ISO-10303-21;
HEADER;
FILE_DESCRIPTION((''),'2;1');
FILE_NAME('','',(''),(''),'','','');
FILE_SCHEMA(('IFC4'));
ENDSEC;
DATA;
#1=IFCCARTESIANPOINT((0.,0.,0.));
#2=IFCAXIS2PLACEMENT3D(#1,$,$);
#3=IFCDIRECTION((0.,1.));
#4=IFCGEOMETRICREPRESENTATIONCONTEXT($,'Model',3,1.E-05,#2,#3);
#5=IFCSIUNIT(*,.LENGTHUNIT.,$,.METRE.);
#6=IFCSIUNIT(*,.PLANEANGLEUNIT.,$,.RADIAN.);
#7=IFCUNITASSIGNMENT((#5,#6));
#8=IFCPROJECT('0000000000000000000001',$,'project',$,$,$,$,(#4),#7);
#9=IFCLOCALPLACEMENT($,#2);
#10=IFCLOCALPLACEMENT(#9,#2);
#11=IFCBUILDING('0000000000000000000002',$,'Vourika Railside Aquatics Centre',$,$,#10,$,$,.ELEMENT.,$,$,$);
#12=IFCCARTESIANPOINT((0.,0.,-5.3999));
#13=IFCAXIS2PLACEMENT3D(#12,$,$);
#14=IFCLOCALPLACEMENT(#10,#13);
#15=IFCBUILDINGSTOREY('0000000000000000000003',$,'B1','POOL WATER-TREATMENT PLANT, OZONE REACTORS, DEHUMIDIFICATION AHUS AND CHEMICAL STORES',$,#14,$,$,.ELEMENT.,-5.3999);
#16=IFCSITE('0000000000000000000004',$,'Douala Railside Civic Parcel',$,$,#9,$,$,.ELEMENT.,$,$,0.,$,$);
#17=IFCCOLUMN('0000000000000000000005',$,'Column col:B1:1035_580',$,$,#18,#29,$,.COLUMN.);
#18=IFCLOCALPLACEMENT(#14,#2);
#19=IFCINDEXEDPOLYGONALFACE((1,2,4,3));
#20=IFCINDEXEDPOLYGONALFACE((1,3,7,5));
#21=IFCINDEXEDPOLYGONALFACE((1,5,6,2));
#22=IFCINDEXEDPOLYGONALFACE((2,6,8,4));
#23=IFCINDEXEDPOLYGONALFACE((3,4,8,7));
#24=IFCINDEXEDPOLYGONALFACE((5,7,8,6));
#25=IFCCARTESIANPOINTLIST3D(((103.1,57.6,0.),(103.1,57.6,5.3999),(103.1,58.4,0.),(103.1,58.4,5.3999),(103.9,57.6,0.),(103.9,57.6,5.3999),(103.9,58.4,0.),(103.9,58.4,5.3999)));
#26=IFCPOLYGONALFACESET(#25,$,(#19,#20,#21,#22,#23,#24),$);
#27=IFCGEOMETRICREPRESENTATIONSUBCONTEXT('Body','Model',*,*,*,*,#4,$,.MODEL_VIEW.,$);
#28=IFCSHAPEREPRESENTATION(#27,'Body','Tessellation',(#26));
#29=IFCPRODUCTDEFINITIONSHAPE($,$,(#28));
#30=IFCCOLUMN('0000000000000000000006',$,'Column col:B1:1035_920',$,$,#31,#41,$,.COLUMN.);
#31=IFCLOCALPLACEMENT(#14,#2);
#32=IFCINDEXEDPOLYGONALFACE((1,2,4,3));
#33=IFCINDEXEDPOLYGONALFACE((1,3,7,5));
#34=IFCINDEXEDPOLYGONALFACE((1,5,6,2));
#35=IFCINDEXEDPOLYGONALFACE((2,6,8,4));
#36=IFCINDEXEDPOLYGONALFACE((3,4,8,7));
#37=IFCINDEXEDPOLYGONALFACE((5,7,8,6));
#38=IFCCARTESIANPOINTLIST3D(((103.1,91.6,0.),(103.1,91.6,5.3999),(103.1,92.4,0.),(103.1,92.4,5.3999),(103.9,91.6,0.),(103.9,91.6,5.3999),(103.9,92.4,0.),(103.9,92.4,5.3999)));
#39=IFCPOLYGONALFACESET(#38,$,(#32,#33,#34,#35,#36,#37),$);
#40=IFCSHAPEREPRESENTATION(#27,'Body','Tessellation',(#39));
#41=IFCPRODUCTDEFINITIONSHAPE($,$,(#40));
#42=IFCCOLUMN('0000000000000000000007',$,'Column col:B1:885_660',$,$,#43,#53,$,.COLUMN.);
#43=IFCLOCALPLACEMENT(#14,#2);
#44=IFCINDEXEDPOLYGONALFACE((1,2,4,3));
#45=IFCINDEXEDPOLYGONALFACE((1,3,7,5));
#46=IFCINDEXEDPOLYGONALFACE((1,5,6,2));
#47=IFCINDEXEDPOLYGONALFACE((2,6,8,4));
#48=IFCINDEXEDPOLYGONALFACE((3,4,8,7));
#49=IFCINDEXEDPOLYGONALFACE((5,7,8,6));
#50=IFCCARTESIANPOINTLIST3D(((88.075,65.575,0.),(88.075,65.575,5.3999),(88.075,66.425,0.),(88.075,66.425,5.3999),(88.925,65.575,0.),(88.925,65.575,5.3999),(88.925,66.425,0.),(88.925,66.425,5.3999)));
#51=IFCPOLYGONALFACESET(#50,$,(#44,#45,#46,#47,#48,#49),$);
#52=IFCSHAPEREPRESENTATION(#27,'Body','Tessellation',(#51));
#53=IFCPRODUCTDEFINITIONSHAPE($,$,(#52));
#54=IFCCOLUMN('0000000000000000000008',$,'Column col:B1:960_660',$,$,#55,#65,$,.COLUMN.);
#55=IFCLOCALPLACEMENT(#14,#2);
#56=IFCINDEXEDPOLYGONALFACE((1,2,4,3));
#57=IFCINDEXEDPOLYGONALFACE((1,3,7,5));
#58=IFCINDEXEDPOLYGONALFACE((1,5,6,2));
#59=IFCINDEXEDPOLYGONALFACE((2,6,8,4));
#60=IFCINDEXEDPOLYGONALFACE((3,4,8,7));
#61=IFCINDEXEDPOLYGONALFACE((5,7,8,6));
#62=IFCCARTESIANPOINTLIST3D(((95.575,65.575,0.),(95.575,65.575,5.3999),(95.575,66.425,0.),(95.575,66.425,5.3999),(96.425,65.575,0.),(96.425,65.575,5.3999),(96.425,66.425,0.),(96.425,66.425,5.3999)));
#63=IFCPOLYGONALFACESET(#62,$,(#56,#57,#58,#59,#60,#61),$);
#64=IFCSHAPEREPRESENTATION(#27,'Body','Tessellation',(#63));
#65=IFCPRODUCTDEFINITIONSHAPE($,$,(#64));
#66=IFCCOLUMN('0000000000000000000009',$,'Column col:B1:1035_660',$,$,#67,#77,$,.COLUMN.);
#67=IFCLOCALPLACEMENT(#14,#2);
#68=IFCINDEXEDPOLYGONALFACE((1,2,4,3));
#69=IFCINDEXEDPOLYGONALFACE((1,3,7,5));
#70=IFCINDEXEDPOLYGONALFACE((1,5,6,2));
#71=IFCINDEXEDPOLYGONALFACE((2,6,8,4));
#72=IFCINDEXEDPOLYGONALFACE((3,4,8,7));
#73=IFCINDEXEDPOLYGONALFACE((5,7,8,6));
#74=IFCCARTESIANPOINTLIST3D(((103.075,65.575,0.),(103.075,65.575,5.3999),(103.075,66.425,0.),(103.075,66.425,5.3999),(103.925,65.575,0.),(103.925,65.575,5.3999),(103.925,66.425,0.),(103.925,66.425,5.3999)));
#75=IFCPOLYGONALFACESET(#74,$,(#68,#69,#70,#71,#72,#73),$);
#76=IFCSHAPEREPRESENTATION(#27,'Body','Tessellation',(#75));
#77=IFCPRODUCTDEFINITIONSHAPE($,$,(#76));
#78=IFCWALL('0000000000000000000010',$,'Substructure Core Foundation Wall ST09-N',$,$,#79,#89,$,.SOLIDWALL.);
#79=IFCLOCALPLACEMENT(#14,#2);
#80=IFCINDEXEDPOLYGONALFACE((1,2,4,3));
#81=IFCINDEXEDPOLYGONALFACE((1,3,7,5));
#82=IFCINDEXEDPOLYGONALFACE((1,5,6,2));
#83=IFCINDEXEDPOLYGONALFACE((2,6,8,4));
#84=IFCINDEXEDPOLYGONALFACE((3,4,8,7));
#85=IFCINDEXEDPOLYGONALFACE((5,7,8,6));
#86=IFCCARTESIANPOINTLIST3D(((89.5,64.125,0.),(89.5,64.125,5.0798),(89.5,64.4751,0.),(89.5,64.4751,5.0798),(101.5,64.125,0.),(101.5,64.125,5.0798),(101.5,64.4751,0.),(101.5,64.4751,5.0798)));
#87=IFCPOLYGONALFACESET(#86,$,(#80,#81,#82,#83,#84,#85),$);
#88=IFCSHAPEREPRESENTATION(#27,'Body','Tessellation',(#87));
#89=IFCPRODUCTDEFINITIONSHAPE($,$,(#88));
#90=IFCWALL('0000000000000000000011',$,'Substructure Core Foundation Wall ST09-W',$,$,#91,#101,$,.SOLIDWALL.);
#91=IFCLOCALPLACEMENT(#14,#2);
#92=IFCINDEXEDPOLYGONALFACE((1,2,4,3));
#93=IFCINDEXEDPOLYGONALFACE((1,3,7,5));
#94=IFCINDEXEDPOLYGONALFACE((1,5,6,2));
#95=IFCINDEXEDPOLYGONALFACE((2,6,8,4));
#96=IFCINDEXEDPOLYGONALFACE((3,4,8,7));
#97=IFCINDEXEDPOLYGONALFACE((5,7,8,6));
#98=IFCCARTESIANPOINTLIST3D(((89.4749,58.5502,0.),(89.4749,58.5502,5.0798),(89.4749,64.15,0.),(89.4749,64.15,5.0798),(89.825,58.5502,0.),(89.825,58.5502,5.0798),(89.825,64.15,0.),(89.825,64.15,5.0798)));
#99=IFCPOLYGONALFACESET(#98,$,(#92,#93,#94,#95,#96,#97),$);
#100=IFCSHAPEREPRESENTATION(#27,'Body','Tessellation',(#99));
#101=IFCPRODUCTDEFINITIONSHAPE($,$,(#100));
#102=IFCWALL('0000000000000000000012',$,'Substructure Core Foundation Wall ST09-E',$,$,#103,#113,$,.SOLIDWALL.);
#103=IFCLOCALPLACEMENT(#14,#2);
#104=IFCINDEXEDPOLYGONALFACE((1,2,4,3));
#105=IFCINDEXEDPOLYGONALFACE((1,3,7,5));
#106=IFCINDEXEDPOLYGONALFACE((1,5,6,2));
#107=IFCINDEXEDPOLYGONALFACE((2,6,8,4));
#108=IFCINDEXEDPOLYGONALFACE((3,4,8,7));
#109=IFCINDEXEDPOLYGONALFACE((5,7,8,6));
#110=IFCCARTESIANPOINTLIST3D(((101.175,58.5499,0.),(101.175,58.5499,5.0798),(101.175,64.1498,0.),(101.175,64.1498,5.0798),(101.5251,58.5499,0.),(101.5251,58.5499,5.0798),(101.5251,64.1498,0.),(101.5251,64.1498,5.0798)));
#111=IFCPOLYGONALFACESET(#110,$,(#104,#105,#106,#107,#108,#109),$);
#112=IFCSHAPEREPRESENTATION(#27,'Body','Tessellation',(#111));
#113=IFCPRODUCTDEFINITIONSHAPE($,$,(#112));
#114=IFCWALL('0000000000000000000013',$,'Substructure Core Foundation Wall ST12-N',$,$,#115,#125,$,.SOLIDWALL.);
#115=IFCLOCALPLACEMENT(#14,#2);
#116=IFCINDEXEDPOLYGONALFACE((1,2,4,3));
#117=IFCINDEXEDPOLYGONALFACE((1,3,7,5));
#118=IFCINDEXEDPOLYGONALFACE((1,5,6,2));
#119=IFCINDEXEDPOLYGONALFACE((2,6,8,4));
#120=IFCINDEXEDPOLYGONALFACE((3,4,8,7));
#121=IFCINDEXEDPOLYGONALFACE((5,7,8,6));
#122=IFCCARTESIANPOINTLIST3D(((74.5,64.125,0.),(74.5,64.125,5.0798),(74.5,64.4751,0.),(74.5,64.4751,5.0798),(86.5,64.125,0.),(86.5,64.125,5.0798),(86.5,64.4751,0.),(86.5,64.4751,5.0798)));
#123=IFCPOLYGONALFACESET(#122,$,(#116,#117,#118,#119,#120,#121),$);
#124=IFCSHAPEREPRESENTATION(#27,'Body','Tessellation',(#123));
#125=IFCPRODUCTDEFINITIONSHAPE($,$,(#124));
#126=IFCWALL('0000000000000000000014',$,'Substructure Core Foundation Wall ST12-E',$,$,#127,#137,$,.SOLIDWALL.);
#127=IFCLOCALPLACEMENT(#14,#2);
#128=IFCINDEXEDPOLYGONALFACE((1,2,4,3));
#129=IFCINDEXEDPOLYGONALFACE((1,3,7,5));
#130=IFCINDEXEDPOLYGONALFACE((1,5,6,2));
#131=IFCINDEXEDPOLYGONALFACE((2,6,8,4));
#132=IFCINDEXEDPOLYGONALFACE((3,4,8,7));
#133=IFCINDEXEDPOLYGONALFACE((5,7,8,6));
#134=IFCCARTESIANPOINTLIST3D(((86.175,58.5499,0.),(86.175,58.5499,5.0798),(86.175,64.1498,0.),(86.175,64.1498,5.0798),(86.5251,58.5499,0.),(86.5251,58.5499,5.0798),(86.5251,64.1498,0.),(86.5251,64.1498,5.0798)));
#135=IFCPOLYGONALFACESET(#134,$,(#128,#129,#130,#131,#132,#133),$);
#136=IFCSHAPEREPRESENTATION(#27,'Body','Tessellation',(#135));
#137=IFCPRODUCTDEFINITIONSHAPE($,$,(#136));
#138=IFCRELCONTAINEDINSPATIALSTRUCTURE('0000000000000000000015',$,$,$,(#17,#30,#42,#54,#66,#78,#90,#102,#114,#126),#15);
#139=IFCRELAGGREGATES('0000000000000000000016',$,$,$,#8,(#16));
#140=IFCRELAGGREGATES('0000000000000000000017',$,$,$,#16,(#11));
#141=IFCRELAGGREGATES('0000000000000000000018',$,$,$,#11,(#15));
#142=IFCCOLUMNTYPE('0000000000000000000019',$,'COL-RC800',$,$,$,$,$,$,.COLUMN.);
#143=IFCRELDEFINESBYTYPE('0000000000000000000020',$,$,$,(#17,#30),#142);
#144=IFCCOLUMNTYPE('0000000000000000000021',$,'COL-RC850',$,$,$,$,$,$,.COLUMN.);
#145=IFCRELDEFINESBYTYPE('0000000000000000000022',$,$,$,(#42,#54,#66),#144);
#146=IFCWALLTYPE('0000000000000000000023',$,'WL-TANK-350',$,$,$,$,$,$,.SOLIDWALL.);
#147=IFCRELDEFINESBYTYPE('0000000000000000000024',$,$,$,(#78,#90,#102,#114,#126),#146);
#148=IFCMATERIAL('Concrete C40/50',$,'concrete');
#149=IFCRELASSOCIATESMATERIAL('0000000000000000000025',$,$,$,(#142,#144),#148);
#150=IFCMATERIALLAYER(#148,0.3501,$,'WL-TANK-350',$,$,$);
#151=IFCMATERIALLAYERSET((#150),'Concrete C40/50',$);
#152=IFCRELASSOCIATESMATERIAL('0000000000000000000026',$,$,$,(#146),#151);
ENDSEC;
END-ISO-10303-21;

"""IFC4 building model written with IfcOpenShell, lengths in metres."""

from ifc_helpers import new_model, si_unit, direction, frame, frame_2d, origin, origin_2d, place, context, subcontext, project, spatial, rectangle, extrude, material, layer, layer_set, material_profile, profile_set, type_object, element, save


model = new_model("IFC4")

# Units and contexts
model_context = context("Model", 3, precision=1e-05, world=origin(), true_north=direction((0.0, 1.0)))
body_context = subcontext(model_context, "Body", "Model", "MODEL_VIEW")
ifc_project = project(units=[si_unit("LENGTHUNIT", "METRE"), si_unit("PLANEANGLEUNIT", "RADIAN")], contexts=[model_context])

# Site, building, storey
site_placement = place(None, origin())
site = spatial("IfcSite", under=ifc_project, at=site_placement, Name="Douala Railside Civic Parcel", CompositionType="ELEMENT", RefElevation=0.0)
building_placement = place(site_placement, origin())
building = spatial("IfcBuilding", under=site, at=building_placement, Name="Vourika Railside Aquatics Centre", CompositionType="ELEMENT")
storey_placement = place(building_placement, frame((0.0, 0.0, -5.3999)))
storey = spatial("IfcBuildingStorey", under=building, at=storey_placement, Name="B1", Description="POOL WATER-TREATMENT PLANT, OZONE REACTORS, DEHUMIDIFICATION AHUS AND CHEMICAL STORES", CompositionType="ELEMENT", Elevation=-5.3999)

# Shared definitions
ifc_material = material(Name="Concrete C40/50", Category="concrete")

# Columns
ifc_material_profile_1 = material_profile(ifc_material, rectangle(XDim=0.8, YDim=0.8, at=origin_2d()), Name="RC 800x800")
ifc_profile_set_1 = profile_set([ifc_material_profile_1], Name="Concrete C40/50")
column_type_1 = type_object("IfcColumnType", Name="COL-RC800", PredefinedType="COLUMN", material=ifc_profile_set_1)
for number, where, z_axis, x_axis, name in (
    (1, (103.5, 58.0, 0.0), (0.0, 0.0, 1.0), (1.0, 0.0, 0.0), "Column col:B1:1035_580"),
    (2, (103.5, 92.0, 0.0), (0.0, 0.0, 1.0), (1.0, 0.0, 0.0), "Column col:B1:1035_920"),
):
    element("IfcColumn", number, at=place(storey_placement, frame(where, z_axis=z_axis, x_axis=x_axis)), inside=storey, type_object=column_type_1, Name=name, PredefinedType="COLUMN", context=body_context, shape_type="SweptSolid", body=[
        extrude(rectangle(XDim=0.8, YDim=0.8, at=origin_2d()), origin(), (0.0, 0.0, 1.0), 5.3999),
    ])
ifc_material_profile_2 = material_profile(ifc_material, rectangle(XDim=0.8501, YDim=0.8501, at=origin_2d()), Name="RC 850x850")
ifc_profile_set_2 = profile_set([ifc_material_profile_2], Name="Concrete C40/50")
column_type_2 = type_object("IfcColumnType", Name="COL-RC850", PredefinedType="COLUMN", material=ifc_profile_set_2)
for number, where, z_axis, x_axis, name in (
    (3, (88.5, 66.0, 0.0), (0.0, 0.0, 1.0), (1.0, 0.0, 0.0), "Column col:B1:885_660"),
    (4, (96.0, 66.0, 0.0), (0.0, 0.0, 1.0), (1.0, 0.0, 0.0), "Column col:B1:960_660"),
    (5, (103.5, 66.0, 0.0), (0.0, 0.0, 1.0), (1.0, 0.0, 0.0), "Column col:B1:1035_660"),
):
    element("IfcColumn", number, at=place(storey_placement, frame(where, z_axis=z_axis, x_axis=x_axis)), inside=storey, type_object=column_type_2, Name=name, PredefinedType="COLUMN", context=body_context, shape_type="SweptSolid", body=[
        extrude(rectangle(XDim=0.8501, YDim=0.8501, at=origin_2d()), origin(), (0.0, 0.0, 1.0), 5.3999),
    ])

# Walls
ifc_layer = layer(ifc_material, 0.3501, Name="WL-TANK-350")
ifc_layer_set = layer_set([ifc_layer], Name="Concrete C40/50")
wall_type = type_object("IfcWallType", Name="WL-TANK-350", PredefinedType="SOLIDWALL", material=ifc_layer_set)
wall_1_placement = place(storey_placement, frame((101.5, 64.3, 0.0), z_axis=(0.0, 0.0, 1.0), x_axis=(-1.0, 0.0, 0.0)))
element("IfcWall", 6, at=wall_1_placement, inside=storey, type_object=wall_type, Name="Substructure Core Foundation Wall ST09-N", PredefinedType="SOLIDWALL", context=body_context, shape_type="SweptSolid", body=[
    extrude(rectangle(XDim=12.0, YDim=0.3501, at=frame_2d((6.0, 0.0))), origin(), (0.0, 0.0, 1.0), 5.0798),
])
for number, where, z_axis, x_axis, name in (
    (7, (89.6499, 64.1499, 0.0), (0.0, 0.0, 1.0), (0.0, -1.0, 0.0), "Substructure Core Foundation Wall ST09-W"),
    (8, (101.3501, 58.55, 0.0), (0.0, 0.0, 1.0), (0.0, 1.0, 0.0), "Substructure Core Foundation Wall ST09-E"),
):
    element("IfcWall", number, at=place(storey_placement, frame(where, z_axis=z_axis, x_axis=x_axis)), inside=storey, type_object=wall_type, Name=name, PredefinedType="SOLIDWALL", context=body_context, shape_type="SweptSolid", body=[
        extrude(rectangle(XDim=5.5999, YDim=0.3501, at=frame_2d((2.7998, 0.0))), origin(), (0.0, 0.0, 1.0), 5.0798),
    ])
wall_2_placement = place(storey_placement, frame((86.5, 64.3, 0.0), z_axis=(0.0, 0.0, 1.0), x_axis=(-1.0, 0.0, 0.0)))
element("IfcWall", 9, at=wall_2_placement, inside=storey, type_object=wall_type, Name="Substructure Core Foundation Wall ST12-N", PredefinedType="SOLIDWALL", context=body_context, shape_type="SweptSolid", body=[
    extrude(rectangle(XDim=12.0, YDim=0.3501, at=frame_2d((6.0, 0.0))), origin(), (0.0, 0.0, 1.0), 5.0798),
])
wall_3_placement = place(storey_placement, frame((86.3501, 58.55, 0.0), z_axis=(0.0, 0.0, 1.0), x_axis=(0.0, 1.0, 0.0)))
element("IfcWall", 10, at=wall_3_placement, inside=storey, type_object=wall_type, Name="Substructure Core Foundation Wall ST12-E", PredefinedType="SOLIDWALL", context=body_context, shape_type="SweptSolid", body=[
    extrude(rectangle(XDim=5.5999, YDim=0.3501, at=frame_2d((2.7998, 0.0))), origin(), (0.0, 0.0, 1.0), 5.0798),
])

save(model, "model.ifc")
